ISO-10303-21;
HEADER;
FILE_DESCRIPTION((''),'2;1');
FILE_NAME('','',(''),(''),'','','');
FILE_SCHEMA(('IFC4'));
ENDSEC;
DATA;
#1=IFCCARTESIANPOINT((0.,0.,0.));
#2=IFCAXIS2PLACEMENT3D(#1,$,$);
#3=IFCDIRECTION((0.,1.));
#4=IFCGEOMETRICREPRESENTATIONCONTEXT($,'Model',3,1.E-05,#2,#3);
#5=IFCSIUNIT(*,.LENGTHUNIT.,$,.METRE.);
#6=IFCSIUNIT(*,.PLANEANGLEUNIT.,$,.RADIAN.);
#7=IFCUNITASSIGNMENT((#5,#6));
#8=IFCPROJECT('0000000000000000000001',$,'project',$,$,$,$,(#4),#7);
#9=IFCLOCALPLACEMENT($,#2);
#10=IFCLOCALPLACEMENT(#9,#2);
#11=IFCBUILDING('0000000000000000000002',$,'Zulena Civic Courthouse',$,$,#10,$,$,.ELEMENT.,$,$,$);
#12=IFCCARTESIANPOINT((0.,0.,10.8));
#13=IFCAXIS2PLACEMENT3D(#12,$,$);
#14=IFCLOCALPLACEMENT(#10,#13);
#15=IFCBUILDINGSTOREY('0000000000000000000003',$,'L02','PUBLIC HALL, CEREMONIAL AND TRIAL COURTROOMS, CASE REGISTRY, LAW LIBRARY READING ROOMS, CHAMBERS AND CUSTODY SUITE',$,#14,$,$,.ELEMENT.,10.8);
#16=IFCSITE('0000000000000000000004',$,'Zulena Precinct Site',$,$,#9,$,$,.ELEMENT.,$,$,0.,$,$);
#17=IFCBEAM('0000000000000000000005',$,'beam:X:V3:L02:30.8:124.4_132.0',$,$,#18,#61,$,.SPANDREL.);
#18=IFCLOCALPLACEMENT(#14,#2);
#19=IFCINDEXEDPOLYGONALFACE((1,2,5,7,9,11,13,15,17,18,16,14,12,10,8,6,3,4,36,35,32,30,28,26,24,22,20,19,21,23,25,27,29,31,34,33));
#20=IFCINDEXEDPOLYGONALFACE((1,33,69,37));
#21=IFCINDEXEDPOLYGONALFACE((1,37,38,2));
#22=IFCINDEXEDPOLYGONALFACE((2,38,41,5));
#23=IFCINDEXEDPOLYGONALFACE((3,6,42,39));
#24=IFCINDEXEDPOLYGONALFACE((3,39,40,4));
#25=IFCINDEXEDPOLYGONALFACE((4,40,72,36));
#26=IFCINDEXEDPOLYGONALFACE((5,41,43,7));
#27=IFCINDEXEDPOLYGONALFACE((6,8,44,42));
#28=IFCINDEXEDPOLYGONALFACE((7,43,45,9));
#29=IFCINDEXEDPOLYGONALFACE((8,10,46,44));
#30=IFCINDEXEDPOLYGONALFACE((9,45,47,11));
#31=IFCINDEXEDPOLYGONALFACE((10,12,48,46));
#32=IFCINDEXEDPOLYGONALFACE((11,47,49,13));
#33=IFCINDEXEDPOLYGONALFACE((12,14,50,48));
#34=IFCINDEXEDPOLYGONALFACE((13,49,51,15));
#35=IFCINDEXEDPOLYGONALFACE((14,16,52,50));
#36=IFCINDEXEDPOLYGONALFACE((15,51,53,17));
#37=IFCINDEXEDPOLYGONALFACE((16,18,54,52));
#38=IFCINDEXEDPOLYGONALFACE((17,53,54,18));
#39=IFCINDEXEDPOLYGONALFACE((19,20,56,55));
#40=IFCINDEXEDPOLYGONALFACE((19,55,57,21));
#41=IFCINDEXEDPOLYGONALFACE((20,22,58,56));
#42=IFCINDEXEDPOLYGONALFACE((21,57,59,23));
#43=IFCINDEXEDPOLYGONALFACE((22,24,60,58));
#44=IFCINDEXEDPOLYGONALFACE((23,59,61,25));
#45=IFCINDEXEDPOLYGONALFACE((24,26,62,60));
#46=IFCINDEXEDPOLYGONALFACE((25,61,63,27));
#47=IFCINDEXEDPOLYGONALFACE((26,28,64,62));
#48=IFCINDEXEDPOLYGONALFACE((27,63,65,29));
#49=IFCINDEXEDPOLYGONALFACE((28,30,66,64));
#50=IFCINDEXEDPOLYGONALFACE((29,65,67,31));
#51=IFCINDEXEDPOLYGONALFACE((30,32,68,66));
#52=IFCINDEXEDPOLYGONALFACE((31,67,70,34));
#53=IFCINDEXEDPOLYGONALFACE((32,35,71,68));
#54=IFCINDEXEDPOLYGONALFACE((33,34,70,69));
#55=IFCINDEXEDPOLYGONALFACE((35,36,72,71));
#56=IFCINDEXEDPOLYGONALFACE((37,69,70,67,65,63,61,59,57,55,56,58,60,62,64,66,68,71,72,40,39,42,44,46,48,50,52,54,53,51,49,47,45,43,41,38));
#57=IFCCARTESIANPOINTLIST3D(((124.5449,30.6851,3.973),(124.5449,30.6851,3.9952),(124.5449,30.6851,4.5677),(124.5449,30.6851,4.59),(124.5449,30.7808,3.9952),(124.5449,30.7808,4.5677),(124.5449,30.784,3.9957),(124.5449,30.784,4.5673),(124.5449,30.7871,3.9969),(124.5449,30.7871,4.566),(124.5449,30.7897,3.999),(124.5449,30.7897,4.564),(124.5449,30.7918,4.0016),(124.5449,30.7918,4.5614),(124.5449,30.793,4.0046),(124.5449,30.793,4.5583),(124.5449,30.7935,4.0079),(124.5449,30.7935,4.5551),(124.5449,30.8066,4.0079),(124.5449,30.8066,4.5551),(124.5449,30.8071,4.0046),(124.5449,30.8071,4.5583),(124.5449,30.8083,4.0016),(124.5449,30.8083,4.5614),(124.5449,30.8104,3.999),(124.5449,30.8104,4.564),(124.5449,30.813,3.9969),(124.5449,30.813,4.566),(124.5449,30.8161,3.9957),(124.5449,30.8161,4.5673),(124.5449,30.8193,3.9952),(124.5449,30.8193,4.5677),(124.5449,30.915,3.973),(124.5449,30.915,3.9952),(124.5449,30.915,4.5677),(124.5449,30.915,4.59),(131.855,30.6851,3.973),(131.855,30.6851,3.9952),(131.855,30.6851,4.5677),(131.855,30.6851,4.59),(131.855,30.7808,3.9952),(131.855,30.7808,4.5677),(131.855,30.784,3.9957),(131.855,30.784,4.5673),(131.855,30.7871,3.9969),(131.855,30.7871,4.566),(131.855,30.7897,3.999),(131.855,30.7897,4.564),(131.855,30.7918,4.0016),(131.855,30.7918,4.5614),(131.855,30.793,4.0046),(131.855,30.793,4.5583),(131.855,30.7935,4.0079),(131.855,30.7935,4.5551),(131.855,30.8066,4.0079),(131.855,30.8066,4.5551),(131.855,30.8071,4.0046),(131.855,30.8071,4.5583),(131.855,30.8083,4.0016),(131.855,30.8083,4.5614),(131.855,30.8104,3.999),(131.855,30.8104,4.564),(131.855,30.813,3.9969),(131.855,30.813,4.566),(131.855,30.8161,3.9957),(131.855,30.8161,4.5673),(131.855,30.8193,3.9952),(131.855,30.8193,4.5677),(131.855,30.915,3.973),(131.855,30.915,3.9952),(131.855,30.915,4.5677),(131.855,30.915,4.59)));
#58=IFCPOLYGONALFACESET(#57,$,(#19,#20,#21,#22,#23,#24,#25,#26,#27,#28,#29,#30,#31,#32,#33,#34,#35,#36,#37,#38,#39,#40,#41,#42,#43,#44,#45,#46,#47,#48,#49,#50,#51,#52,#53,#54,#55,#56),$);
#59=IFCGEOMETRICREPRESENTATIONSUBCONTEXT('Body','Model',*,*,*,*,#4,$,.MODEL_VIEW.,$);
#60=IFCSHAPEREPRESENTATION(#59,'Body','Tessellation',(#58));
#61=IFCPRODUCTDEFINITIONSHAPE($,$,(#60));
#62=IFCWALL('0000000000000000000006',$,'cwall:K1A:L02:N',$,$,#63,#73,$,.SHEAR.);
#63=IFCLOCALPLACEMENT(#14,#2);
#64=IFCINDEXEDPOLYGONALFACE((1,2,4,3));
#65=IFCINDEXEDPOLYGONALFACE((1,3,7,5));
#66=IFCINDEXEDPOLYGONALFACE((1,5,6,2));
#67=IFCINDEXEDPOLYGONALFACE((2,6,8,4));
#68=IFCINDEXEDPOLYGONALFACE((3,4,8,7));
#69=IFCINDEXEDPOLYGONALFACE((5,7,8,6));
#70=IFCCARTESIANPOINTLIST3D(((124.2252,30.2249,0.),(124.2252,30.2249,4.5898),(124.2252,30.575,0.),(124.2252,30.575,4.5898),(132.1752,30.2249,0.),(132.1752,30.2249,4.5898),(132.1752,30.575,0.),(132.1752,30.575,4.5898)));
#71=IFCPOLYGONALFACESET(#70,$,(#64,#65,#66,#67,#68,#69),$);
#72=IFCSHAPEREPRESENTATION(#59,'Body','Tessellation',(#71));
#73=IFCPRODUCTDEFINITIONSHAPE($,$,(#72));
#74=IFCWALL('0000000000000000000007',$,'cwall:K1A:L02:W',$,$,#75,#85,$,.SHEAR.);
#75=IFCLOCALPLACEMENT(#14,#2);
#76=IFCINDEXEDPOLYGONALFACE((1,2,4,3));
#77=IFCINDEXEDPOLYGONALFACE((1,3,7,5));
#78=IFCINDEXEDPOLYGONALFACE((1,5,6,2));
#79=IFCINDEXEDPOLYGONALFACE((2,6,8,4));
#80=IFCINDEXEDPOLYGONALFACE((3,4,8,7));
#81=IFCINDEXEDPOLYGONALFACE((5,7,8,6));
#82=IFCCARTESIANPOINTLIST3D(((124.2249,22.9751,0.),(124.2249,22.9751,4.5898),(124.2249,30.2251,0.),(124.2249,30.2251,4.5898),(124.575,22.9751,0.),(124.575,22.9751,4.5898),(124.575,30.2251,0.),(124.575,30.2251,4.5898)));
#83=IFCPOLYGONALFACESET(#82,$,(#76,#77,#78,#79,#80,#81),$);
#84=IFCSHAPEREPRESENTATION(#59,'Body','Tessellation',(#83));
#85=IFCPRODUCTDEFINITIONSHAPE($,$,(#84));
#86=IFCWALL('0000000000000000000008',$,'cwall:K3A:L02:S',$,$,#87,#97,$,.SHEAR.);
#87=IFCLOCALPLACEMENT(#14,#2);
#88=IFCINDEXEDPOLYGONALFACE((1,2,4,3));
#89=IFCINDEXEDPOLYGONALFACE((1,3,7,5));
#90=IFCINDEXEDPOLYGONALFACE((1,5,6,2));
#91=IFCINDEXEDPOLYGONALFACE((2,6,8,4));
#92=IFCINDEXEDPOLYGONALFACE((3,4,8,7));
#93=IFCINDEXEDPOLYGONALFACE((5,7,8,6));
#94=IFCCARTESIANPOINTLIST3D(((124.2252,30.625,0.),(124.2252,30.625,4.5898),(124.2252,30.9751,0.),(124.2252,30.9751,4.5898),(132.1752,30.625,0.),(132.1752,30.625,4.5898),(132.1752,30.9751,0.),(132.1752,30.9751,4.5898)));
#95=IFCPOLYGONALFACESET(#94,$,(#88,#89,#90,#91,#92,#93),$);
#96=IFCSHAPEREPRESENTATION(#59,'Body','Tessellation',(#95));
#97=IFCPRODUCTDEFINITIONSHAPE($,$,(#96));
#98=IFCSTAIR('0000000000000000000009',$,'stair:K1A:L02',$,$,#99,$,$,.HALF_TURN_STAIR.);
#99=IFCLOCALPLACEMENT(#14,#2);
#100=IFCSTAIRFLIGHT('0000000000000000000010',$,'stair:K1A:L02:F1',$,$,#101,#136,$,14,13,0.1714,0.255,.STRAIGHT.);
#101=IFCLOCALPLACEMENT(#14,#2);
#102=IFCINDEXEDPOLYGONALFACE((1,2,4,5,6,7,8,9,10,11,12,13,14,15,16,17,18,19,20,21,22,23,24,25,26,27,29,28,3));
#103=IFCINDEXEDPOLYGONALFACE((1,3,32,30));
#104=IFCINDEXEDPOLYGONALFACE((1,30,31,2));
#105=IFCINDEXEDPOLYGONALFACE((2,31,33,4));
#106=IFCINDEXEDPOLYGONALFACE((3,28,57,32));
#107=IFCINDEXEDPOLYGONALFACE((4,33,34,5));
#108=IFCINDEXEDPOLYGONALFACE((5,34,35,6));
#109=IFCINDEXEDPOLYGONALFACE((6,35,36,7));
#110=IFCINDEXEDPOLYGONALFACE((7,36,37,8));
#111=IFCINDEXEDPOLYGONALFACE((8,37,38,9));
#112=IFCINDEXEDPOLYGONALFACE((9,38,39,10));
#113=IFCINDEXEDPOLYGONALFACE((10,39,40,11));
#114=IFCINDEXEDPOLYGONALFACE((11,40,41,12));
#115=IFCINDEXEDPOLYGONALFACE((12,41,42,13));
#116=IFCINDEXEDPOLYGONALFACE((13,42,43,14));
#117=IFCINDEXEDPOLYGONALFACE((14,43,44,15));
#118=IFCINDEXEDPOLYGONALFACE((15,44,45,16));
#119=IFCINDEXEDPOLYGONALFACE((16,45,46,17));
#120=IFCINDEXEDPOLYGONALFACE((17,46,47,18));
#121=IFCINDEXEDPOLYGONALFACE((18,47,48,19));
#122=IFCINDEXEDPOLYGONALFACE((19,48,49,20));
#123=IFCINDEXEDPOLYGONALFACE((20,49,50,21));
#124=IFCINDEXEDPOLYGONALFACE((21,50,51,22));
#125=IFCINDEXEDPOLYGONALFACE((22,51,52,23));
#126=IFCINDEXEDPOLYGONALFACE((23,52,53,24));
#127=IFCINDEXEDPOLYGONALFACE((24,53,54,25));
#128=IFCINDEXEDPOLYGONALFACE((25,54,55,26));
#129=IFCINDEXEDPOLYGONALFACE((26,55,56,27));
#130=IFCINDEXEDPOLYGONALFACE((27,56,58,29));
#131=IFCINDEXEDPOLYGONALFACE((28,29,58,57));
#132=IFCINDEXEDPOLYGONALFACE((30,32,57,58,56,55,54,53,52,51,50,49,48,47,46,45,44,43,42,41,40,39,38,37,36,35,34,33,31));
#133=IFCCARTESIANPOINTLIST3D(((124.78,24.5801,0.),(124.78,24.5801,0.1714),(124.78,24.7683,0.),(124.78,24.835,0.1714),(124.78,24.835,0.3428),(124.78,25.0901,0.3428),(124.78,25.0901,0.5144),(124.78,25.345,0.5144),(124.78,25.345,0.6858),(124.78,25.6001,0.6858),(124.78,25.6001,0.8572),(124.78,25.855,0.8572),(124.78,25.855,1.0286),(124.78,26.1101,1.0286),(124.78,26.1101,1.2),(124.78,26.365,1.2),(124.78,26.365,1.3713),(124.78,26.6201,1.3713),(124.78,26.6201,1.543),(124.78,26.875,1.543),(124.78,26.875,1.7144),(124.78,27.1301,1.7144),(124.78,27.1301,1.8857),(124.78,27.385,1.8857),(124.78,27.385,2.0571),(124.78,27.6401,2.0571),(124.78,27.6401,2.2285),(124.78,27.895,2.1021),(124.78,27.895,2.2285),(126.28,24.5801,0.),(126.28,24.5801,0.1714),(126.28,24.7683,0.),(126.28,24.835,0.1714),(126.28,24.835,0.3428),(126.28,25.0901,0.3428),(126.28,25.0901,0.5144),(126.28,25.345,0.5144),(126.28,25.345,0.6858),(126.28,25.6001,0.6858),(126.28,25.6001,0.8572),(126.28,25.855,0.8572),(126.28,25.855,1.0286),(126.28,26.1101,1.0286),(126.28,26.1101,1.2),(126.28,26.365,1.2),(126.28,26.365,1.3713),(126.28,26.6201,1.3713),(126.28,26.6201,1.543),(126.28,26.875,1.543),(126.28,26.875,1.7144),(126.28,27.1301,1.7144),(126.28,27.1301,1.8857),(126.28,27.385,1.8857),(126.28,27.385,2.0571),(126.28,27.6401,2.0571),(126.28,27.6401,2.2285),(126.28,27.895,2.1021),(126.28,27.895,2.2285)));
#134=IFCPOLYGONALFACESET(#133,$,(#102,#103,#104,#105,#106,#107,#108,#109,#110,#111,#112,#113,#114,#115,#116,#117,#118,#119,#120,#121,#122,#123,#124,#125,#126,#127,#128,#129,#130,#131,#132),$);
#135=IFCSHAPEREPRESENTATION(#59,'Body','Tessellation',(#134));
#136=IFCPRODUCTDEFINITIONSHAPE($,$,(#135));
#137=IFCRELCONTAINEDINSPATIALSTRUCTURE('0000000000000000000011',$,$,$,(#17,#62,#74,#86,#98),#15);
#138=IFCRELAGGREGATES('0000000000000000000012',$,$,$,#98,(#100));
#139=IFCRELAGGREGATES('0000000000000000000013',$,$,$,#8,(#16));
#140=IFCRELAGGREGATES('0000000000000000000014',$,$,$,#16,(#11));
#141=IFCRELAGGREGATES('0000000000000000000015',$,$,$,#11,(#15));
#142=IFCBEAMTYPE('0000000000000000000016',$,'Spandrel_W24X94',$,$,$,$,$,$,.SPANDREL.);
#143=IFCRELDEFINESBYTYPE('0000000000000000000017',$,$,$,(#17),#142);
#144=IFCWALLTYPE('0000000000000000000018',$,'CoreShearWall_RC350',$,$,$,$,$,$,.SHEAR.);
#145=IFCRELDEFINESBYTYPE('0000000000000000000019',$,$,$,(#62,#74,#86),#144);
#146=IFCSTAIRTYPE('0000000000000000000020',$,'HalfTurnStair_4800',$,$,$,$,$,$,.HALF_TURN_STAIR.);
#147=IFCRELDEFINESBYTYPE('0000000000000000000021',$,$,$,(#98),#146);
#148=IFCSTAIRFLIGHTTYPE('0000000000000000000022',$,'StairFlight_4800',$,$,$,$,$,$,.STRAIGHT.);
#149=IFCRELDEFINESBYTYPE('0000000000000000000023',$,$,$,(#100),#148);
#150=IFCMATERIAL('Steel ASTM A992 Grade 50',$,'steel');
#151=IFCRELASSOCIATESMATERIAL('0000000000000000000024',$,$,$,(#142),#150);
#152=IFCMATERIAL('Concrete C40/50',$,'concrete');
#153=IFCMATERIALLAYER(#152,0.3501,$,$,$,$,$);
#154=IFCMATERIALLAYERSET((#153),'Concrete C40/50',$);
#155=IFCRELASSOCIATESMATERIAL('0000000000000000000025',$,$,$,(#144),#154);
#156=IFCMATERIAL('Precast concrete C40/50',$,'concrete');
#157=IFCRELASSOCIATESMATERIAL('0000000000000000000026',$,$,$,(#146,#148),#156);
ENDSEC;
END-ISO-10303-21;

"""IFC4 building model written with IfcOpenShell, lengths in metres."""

from ifc_helpers import new_model, si_unit, direction, frame, frame_2d, origin, origin_2d, place, context, subcontext, project, spatial, polyline, rectangle, i_section, outline, extrude, material, layer, layer_set, material_profile, profile_set, type_object, element, aggregate, save


model = new_model("IFC4")

# Units and contexts
model_context = context("Model", 3, precision=1e-05, world=origin(), true_north=direction((0.0, 1.0)))
body_context = subcontext(model_context, "Body", "Model", "MODEL_VIEW")
ifc_project = project(units=[si_unit("LENGTHUNIT", "METRE"), si_unit("PLANEANGLEUNIT", "RADIAN")], contexts=[model_context])

# Site, building, storey
site_placement = place(None, origin())
site = spatial("IfcSite", under=ifc_project, at=site_placement, Name="Zulena Precinct Site", CompositionType="ELEMENT", RefElevation=0.0)
building_placement = place(site_placement, origin())
building = spatial("IfcBuilding", under=site, at=building_placement, Name="Zulena Civic Courthouse", CompositionType="ELEMENT")
storey_placement = place(building_placement, frame((0.0, 0.0, 10.8)))
storey = spatial("IfcBuildingStorey", under=building, at=storey_placement, Name="L02", Description="PUBLIC HALL, CEREMONIAL AND TRIAL COURTROOMS, CASE REGISTRY, LAW LIBRARY READING ROOMS, CHAMBERS AND CUSTODY SUITE", CompositionType="ELEMENT", Elevation=10.8)

# Shared definitions
ifc_material_1 = material(Name="Steel ASTM A992 Grade 50", Category="steel")

# Beam
ifc_material_profile_1 = material_profile(ifc_material_1, i_section(OverallWidth=0.23, OverallDepth=0.6169, WebThickness=0.0132, FlangeThickness=0.0222, FilletRadius=0.0127, at=origin_2d()), Name="W24X94")
ifc_profile_set_1 = profile_set([ifc_material_profile_1], Name="Steel ASTM A992 Grade 50")
beam_type_1 = type_object("IfcBeamType", Name="Spandrel_W24X94", PredefinedType="SPANDREL", material=ifc_profile_set_1)
for number, where, z_axis, x_axis, name in (
    (1, (124.5449, 30.8, 4.2815), (1.0, 0.0, 0.0), (0.0, 1.0, 0.0), "beam:X:V3:L02:30.8:124.4_132.0"),
):
    element("IfcBeam", number, at=place(storey_placement, frame(where, z_axis=z_axis, x_axis=x_axis)), inside=storey, type_object=beam_type_1, Name=name, PredefinedType="SPANDREL", context=body_context, shape_type="SweptSolid", body=[
        extrude(i_section(OverallWidth=0.23, OverallDepth=0.6169, WebThickness=0.0132, FlangeThickness=0.0222, FilletRadius=0.0127, at=origin_2d()), origin(), (0.0, 0.0, 1.0), 7.3101),
    ])

# Walls
ifc_material_2 = material(Name="Concrete C40/50", Category="concrete")
ifc_layer = layer(ifc_material_2, 0.3501)
ifc_layer_set = layer_set([ifc_layer], Name="Concrete C40/50")
wall_type = type_object("IfcWallType", Name="CoreShearWall_RC350", PredefinedType="SHEAR", material=ifc_layer_set)
wall_1_placement = place(storey_placement, frame((124.2251, 30.3999, 0.0), z_axis=(0.0, 0.0, 1.0), x_axis=(1.0, 0.0, 0.0)))
element("IfcWall", 2, at=wall_1_placement, inside=storey, type_object=wall_type, Name="cwall:K1A:L02:N", PredefinedType="SHEAR", context=body_context, shape_type="SweptSolid", body=[
    extrude(rectangle(XDim=7.95, YDim=0.3501, at=frame_2d((3.9751, 0.0))), origin(), (0.0, 0.0, 1.0), 4.5898),
])
wall_2_placement = place(storey_placement, frame((124.3999, 22.9751, 0.0), z_axis=(0.0, 0.0, 1.0), x_axis=(0.0, 1.0, 0.0)))
element("IfcWall", 3, at=wall_2_placement, inside=storey, type_object=wall_type, Name="cwall:K1A:L02:W", PredefinedType="SHEAR", context=body_context, shape_type="SweptSolid", body=[
    extrude(rectangle(XDim=7.25, YDim=0.3501, at=frame_2d((3.625, 0.0))), origin(), (0.0, 0.0, 1.0), 4.5898),
])
wall_3_placement = place(storey_placement, frame((124.2251, 30.8, 0.0), z_axis=(0.0, 0.0, 1.0), x_axis=(1.0, 0.0, 0.0)))
element("IfcWall", 4, at=wall_3_placement, inside=storey, type_object=wall_type, Name="cwall:K3A:L02:S", PredefinedType="SHEAR", context=body_context, shape_type="SweptSolid", body=[
    extrude(rectangle(XDim=7.95, YDim=0.3501, at=frame_2d((3.9751, 0.0))), origin(), (0.0, 0.0, 1.0), 4.5898),
])

# Stair, stair flight
ifc_material_3 = material(Name="Precast concrete C40/50", Category="concrete")
stair_type = type_object("IfcStairType", Name="HalfTurnStair_4800", PredefinedType="HALF_TURN_STAIR", material=ifc_material_3)
stair_placement = place(storey_placement, origin())
stair = element("IfcStair", 5, at=stair_placement, inside=storey, type_object=stair_type, Name="stair:K1A:L02", PredefinedType="HALF_TURN_STAIR")
stair_flight_type = type_object("IfcStairFlightType", Name="StairFlight_4800", PredefinedType="STRAIGHT", material=ifc_material_3)
stair_flight_placement = place(storey_placement, frame((125.53, 24.5801, 0.0), z_axis=(0.0, 0.0, 1.0), x_axis=(0.0, 1.0, 0.0)))
stair_flight = element("IfcStairFlight", 6, at=stair_flight_placement, type_object=stair_flight_type, Name="stair:K1A:L02:F1", NumberOfRisers=14, NumberOfTreads=13, PredefinedType="STRAIGHT", RiserHeight=0.1714, TreadLength=0.255, context=body_context, shape_type="SweptSolid", body=[
    extrude(outline(polyline([(0.0, 0.0), (0.0, 0.1714), (0.2549, 0.1714), (0.2549, 0.3428), (0.51, 0.3428), (0.51, 0.5144), (0.7649, 0.5144), (0.7649, 0.6858), (1.02, 0.6858), (1.02, 0.8572), (1.2749, 0.8572), (1.2749, 1.0286), (1.53, 1.0286), (1.53, 1.2), (1.7849, 1.2), (1.7849, 1.3713), (2.04, 1.3713), (2.04, 1.543), (2.2949, 1.543), (2.2949, 1.7144), (2.55, 1.7144), (2.55, 1.8857), (2.8049, 1.8857), (2.8049, 2.0571), (3.0601, 2.0571), (3.0601, 2.2285), (3.3149, 2.2285), (3.3149, 2.3999), (3.3149, 2.1021), (0.1882, 0.0), (0.0, 0.0)])), frame((0.0, 0.75, 0.0), z_axis=(0.0, -1.0, 0.0), x_axis=(1.0, 0.0, 0.0)), (0.0, 0.0, 1.0), 1.5),
])
aggregate(stair, [stair_flight])

save(model, "model.ifc")
